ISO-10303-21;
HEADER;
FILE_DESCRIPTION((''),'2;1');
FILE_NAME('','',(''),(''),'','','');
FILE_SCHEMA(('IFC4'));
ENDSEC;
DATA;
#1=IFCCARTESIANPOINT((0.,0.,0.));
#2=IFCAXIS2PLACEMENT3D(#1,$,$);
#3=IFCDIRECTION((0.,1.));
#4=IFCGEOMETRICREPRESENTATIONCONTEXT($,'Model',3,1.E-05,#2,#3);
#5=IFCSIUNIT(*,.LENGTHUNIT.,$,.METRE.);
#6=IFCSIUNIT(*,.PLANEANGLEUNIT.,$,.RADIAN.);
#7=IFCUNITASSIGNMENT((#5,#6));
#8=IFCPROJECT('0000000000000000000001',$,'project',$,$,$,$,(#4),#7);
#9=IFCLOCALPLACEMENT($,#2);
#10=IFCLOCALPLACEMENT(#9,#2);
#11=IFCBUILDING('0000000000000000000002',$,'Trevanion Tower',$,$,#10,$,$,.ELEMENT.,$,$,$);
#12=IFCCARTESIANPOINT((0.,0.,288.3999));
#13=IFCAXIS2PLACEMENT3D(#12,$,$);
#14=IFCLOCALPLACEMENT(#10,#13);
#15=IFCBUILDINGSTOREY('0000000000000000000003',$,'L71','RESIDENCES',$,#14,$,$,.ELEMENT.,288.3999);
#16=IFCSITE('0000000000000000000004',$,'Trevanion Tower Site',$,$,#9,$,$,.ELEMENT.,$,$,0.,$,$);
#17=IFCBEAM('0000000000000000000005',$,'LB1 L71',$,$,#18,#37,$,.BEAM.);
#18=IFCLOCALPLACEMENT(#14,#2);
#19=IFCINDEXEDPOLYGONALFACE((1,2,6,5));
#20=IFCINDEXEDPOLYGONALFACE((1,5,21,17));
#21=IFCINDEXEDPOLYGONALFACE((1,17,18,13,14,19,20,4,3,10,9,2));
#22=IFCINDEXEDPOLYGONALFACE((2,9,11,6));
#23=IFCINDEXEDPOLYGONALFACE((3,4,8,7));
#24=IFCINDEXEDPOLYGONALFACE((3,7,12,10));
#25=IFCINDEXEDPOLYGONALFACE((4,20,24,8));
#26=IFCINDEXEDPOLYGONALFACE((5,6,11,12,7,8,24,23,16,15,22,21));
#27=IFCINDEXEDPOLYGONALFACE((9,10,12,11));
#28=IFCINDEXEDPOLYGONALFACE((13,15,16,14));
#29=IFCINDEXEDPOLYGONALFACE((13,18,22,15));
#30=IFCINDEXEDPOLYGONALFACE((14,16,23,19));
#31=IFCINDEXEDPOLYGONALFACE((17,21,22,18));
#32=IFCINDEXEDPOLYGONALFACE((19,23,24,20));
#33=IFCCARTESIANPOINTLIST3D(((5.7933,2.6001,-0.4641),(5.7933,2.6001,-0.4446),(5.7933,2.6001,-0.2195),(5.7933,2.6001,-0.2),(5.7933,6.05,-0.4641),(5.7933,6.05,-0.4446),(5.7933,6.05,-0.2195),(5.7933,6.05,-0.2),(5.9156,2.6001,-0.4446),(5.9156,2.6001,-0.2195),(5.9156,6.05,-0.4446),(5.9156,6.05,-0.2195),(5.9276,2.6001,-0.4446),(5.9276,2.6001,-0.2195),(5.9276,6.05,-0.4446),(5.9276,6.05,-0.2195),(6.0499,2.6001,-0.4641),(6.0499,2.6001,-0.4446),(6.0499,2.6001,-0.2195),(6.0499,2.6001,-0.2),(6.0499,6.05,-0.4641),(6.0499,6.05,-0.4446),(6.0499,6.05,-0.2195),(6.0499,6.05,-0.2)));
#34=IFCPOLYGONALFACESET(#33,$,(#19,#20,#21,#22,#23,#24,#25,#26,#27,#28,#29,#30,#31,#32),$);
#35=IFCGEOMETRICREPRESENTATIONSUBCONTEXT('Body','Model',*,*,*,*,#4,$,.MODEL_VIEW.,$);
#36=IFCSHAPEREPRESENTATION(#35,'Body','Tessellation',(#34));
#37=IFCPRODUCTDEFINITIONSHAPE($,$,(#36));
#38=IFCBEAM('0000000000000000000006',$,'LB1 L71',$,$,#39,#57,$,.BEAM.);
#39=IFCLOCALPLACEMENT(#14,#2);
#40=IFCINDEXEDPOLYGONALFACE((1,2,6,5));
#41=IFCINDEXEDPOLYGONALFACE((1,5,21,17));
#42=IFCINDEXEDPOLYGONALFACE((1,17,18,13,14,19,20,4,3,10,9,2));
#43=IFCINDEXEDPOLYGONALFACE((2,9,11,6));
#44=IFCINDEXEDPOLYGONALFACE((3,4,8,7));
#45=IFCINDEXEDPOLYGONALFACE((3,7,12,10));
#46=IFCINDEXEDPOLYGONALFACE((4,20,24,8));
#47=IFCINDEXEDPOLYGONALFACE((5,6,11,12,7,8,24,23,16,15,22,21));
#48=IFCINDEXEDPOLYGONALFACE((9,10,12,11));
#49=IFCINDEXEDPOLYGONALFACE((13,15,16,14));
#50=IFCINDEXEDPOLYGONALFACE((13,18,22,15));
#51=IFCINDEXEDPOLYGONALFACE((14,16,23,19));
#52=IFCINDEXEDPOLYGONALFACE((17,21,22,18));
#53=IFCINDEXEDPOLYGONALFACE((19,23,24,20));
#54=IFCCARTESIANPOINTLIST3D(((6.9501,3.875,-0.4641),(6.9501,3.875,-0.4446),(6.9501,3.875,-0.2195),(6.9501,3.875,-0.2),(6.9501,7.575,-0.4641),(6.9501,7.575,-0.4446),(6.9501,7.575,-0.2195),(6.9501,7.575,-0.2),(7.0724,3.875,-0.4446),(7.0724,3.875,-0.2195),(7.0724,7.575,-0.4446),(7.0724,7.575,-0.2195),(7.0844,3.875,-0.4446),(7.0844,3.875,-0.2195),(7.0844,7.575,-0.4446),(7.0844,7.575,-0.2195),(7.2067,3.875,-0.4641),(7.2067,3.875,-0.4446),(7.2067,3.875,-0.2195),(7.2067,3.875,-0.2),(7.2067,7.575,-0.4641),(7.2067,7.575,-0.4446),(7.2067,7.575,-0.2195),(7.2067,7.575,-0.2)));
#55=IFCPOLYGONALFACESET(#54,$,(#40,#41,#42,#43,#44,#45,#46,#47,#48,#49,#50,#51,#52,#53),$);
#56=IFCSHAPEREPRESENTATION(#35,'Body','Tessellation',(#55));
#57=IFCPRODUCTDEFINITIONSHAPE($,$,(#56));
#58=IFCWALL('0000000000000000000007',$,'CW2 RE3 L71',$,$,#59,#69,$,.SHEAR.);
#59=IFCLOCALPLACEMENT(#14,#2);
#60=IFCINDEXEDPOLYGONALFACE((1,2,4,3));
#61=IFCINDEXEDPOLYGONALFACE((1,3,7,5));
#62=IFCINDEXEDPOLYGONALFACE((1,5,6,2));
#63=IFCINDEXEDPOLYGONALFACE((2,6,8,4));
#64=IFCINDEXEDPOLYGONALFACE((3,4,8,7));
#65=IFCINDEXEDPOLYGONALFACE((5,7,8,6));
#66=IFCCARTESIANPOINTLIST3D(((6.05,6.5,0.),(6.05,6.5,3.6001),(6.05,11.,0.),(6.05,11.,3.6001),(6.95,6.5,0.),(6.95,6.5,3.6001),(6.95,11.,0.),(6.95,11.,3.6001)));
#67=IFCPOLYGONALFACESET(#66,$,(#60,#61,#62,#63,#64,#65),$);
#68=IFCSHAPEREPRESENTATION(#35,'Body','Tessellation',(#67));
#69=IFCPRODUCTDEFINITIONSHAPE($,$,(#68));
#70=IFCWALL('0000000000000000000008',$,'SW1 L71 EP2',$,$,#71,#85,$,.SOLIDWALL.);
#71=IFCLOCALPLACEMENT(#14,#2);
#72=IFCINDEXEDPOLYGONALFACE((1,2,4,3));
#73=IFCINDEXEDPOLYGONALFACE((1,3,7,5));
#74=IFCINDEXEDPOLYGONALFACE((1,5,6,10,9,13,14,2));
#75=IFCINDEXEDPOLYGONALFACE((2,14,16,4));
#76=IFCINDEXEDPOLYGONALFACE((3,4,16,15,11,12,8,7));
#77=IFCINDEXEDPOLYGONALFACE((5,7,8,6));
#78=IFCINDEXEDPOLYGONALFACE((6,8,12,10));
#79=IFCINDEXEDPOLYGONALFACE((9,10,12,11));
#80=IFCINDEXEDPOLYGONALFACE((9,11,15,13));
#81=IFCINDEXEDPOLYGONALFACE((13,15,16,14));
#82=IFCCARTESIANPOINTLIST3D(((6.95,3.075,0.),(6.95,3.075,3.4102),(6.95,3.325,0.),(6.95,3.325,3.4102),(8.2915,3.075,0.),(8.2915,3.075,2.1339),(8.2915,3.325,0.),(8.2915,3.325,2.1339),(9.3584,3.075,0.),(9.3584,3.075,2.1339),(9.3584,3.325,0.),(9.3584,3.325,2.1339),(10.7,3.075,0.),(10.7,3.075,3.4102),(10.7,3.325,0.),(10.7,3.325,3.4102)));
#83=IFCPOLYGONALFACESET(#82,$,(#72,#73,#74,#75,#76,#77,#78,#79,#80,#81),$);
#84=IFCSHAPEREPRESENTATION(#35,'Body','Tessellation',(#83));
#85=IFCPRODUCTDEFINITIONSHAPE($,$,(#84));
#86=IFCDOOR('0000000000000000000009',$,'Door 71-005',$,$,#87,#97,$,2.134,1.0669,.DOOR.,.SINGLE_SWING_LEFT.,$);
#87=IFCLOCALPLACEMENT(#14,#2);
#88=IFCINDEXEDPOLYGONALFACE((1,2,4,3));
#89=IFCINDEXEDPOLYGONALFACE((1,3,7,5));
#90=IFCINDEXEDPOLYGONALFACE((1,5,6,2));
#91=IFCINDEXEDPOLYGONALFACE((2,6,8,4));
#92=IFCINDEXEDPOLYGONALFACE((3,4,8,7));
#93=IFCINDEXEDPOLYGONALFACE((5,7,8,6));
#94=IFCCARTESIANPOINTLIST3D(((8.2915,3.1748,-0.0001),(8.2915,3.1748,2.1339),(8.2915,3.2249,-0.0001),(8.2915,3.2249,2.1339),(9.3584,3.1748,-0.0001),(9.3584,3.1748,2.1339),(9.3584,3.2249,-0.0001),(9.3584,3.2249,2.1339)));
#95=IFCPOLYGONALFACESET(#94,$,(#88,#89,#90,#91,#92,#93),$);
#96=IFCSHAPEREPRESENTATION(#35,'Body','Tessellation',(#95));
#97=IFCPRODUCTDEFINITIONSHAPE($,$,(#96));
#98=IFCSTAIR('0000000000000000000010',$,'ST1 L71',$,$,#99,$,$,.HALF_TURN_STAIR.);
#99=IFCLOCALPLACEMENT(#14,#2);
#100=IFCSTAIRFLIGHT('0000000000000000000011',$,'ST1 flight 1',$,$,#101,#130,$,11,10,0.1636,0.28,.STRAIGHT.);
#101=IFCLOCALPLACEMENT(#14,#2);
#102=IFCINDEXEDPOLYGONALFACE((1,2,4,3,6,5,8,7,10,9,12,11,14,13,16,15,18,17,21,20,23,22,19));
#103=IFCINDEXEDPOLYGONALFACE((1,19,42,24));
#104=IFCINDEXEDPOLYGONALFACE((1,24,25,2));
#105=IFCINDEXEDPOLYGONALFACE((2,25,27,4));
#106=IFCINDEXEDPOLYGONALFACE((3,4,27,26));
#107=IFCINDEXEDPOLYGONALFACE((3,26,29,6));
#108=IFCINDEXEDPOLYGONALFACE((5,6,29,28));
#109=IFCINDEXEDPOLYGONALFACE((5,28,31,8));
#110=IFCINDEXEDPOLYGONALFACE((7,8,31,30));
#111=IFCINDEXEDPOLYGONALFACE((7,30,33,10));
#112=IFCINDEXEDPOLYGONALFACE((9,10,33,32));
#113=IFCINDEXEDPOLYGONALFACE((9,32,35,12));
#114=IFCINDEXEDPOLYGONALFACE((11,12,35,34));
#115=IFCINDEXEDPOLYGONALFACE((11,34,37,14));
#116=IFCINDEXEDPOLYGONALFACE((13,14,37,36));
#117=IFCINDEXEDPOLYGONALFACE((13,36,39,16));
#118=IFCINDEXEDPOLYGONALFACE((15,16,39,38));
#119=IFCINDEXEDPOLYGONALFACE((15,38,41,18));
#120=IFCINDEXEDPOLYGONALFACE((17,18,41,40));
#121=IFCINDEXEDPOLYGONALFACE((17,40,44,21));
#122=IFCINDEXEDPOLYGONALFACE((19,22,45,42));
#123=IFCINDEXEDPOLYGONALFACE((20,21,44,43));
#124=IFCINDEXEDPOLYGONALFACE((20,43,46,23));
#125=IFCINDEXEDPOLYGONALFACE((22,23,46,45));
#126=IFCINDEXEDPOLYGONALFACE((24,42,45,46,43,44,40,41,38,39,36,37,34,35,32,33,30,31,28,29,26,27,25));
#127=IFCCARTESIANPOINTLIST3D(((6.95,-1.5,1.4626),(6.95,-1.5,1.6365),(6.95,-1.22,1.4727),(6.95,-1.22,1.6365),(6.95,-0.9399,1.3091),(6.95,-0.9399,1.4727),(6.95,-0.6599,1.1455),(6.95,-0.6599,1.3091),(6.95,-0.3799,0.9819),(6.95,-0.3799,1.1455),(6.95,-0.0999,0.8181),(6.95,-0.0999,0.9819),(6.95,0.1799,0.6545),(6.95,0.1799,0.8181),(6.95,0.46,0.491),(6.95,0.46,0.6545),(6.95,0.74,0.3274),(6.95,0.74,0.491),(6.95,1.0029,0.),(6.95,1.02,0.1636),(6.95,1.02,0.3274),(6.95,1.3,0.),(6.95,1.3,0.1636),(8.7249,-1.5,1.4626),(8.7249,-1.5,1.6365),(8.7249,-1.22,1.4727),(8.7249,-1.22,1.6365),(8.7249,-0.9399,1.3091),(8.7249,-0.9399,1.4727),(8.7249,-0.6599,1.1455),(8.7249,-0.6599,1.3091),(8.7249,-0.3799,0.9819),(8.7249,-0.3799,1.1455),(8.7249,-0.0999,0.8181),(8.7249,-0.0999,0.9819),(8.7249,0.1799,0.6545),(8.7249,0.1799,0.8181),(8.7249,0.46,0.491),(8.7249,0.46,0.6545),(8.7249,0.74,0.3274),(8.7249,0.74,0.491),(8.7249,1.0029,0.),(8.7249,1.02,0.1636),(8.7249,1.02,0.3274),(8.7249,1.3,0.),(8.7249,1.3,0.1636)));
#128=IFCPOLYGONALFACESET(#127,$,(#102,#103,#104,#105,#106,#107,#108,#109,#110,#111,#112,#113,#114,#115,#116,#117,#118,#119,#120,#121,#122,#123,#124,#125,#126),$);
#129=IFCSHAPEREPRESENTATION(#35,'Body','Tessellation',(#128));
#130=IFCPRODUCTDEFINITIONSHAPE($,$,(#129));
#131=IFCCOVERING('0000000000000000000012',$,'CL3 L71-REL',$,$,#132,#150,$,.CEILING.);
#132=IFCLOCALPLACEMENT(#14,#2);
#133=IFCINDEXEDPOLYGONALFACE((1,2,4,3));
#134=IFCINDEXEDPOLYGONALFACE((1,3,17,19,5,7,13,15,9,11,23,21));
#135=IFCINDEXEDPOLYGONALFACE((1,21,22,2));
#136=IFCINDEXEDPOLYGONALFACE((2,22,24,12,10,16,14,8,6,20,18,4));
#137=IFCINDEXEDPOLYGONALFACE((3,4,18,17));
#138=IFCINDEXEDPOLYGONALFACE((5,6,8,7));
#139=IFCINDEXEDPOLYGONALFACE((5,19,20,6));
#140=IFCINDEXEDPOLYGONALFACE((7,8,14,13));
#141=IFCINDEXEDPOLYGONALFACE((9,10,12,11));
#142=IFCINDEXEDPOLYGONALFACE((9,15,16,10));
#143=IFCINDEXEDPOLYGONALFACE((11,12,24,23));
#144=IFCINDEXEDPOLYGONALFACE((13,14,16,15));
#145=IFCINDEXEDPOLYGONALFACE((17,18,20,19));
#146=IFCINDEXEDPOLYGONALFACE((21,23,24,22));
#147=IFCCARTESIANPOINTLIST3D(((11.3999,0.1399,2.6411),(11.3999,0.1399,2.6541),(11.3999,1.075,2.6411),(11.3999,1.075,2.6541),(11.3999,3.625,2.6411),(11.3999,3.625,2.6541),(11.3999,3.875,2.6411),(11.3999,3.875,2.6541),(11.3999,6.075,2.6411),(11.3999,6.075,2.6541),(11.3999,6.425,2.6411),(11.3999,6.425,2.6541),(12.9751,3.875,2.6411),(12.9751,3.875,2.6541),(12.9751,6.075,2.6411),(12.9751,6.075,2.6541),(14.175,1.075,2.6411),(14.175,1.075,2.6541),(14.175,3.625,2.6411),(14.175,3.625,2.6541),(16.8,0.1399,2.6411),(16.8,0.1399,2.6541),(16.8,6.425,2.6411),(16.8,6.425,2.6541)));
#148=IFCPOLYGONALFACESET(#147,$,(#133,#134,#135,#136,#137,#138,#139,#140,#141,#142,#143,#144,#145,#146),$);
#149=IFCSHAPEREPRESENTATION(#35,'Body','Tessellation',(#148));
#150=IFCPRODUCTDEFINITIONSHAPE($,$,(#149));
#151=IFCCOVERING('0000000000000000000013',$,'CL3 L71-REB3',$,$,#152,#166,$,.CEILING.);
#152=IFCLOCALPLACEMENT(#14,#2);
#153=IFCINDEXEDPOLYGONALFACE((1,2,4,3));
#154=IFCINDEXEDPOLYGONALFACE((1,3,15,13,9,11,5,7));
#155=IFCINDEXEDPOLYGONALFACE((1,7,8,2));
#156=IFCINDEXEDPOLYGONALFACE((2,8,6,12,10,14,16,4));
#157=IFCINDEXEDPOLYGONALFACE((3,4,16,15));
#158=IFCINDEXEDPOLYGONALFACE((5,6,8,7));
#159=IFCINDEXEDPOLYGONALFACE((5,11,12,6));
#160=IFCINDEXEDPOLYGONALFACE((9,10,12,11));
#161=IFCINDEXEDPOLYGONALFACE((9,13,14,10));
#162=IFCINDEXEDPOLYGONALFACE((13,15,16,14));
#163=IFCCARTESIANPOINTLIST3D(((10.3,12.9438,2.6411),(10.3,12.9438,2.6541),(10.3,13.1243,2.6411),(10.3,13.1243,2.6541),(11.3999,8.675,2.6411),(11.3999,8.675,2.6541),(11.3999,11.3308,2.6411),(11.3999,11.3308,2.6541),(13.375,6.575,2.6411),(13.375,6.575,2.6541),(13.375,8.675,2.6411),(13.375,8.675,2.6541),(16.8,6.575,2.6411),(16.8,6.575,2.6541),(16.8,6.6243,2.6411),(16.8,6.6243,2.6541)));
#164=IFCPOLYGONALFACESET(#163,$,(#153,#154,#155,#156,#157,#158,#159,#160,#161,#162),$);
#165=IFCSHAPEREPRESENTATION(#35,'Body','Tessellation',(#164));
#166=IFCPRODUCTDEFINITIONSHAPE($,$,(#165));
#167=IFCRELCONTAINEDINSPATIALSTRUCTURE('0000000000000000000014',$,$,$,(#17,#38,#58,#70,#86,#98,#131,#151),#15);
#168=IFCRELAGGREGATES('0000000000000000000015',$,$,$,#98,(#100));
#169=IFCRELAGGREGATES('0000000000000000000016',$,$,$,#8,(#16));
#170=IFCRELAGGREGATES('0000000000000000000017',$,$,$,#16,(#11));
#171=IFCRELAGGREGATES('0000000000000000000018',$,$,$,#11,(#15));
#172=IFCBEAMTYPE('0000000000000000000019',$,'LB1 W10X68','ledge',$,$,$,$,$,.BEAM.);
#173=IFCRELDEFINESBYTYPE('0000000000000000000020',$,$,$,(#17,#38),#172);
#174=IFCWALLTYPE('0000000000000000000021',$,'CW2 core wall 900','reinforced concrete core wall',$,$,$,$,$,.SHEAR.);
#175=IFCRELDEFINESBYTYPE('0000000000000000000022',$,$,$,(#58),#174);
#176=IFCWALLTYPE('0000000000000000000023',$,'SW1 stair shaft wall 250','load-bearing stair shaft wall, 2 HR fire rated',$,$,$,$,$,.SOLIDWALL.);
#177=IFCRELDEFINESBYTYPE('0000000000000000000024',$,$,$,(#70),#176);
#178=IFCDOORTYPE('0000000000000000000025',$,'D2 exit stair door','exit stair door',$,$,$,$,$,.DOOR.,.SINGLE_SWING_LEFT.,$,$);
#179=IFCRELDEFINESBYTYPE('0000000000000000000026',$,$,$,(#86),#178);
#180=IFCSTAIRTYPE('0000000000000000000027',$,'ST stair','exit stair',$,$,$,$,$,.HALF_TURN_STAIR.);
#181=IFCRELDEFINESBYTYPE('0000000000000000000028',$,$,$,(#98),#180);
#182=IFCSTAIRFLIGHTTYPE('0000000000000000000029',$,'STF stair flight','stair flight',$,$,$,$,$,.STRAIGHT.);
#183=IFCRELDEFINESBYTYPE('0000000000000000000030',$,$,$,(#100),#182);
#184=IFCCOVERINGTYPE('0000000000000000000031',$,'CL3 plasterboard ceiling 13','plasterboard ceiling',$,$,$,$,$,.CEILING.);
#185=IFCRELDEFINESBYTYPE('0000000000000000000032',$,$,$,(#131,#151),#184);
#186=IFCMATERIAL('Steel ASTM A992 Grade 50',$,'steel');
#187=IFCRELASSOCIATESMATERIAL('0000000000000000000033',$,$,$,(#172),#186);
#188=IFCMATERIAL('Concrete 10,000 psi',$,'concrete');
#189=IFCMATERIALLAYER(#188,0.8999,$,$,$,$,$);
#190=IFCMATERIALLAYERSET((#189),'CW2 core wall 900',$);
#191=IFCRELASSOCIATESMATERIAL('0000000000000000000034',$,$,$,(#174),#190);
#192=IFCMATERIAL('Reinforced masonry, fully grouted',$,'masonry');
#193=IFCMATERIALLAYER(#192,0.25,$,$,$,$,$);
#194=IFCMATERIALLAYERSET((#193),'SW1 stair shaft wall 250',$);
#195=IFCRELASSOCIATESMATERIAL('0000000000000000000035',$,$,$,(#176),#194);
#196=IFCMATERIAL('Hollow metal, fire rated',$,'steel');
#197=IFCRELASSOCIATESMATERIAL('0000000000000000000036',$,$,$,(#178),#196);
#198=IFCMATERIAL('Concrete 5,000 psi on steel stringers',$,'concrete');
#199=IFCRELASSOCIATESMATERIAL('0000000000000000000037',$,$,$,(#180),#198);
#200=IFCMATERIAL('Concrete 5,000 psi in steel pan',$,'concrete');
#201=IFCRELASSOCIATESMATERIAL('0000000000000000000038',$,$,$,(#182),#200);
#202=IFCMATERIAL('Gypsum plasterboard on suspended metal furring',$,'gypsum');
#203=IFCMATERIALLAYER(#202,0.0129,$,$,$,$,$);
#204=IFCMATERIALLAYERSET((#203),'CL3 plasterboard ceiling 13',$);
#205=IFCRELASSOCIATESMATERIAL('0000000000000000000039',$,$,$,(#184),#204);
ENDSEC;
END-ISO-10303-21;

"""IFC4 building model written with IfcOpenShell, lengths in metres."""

from ifc_helpers import new_model, si_unit, direction, frame, frame_2d, origin, origin_2d, place, context, subcontext, project, spatial, polyline, rectangle, i_section, outline, extrude, material, layer, layer_set, material_profile, profile_set, type_object, element, fill, aggregate, save


model = new_model("IFC4")

# Units and contexts
model_context = context("Model", 3, precision=1e-05, world=origin(), true_north=direction((0.0, 1.0)))
body_context = subcontext(model_context, "Body", "Model", "MODEL_VIEW")
ifc_project = project(units=[si_unit("LENGTHUNIT", "METRE"), si_unit("PLANEANGLEUNIT", "RADIAN")], contexts=[model_context])

# Site, building, storey
site_placement = place(None, origin())
site = spatial("IfcSite", under=ifc_project, at=site_placement, Name="Trevanion Tower Site", CompositionType="ELEMENT", RefElevation=0.0)
building_placement = place(site_placement, origin())
building = spatial("IfcBuilding", under=site, at=building_placement, Name="Trevanion Tower", CompositionType="ELEMENT")
storey_placement = place(building_placement, frame((0.0, 0.0, 288.3999)))
storey = spatial("IfcBuildingStorey", under=building, at=storey_placement, Name="L71", Description="RESIDENCES", CompositionType="ELEMENT", Elevation=288.3999)

# Beams
ifc_material_1 = material(Name="Steel ASTM A992 Grade 50", Category="steel")
ifc_material_profile = material_profile(ifc_material_1, i_section(OverallWidth=0.2566, OverallDepth=0.2642, WebThickness=0.012, FlangeThickness=0.0195, at=origin_2d()), Name="W10X68")
ifc_profile_set = profile_set([ifc_material_profile], Name="Steel ASTM A992 Grade 50")
beam_type = type_object("IfcBeamType", Name="LB1 W10X68", Description="ledge", PredefinedType="BEAM", material=ifc_profile_set)
beam_1_placement = place(storey_placement, frame((5.9216, 2.6001, -0.332), z_axis=(0.0, 1.0, 0.0), x_axis=(-1.0, 0.0, 0.0)))
element("IfcBeam", 1, at=beam_1_placement, inside=storey, type_object=beam_type, Name="LB1 L71", PredefinedType="BEAM", context=body_context, shape_type="SweptSolid", body=[
    extrude(i_section(OverallWidth=0.2566, OverallDepth=0.2642, WebThickness=0.012, FlangeThickness=0.0195, at=origin_2d()), origin(), (0.0, 0.0, 1.0), 3.45),
])
beam_2_placement = place(storey_placement, frame((7.0784, 3.875, -0.332), z_axis=(0.0, 1.0, 0.0), x_axis=(-1.0, 0.0, 0.0)))
element("IfcBeam", 2, at=beam_2_placement, inside=storey, type_object=beam_type, Name="LB1 L71", PredefinedType="BEAM", context=body_context, shape_type="SweptSolid", body=[
    extrude(i_section(OverallWidth=0.2566, OverallDepth=0.2642, WebThickness=0.012, FlangeThickness=0.0195, at=origin_2d()), origin(), (0.0, 0.0, 1.0), 3.7),
])

# Wall
ifc_material_2 = material(Name="Concrete 10,000 psi", Category="concrete")
ifc_layer_1 = layer(ifc_material_2, 0.8999)
ifc_layer_set_1 = layer_set([ifc_layer_1], Name="CW2 core wall 900")
wall_type_1 = type_object("IfcWallType", Name="CW2 core wall 900", Description="reinforced concrete core wall", PredefinedType="SHEAR", material=ifc_layer_set_1)
wall_1_placement = place(storey_placement, frame((6.5, 6.5, 0.0), z_axis=(0.0, 0.0, 1.0), x_axis=(0.0, 1.0, 0.0)))
element("IfcWall", 3, at=wall_1_placement, inside=storey, type_object=wall_type_1, Name="CW2 RE3 L71", PredefinedType="SHEAR", context=body_context, shape_type="SweptSolid", body=[
    extrude(rectangle(XDim=4.5, YDim=0.8999, at=frame_2d((2.25, 0.0))), origin(), (0.0, 0.0, 1.0), 3.6001),
])

# Wall, opening, door
ifc_material_3 = material(Name="Reinforced masonry, fully grouted", Category="masonry")
ifc_layer_2 = layer(ifc_material_3, 0.25)
ifc_layer_set_2 = layer_set([ifc_layer_2], Name="SW1 stair shaft wall 250")
wall_type_2 = type_object("IfcWallType", Name="SW1 stair shaft wall 250", Description="load-bearing stair shaft wall, 2 HR fire rated", PredefinedType="SOLIDWALL", material=ifc_layer_set_2)
wall_2_placement = place(storey_placement, frame((6.95, 3.2, 0.0), z_axis=(0.0, 0.0, 1.0), x_axis=(1.0, 0.0, 0.0)))
wall_2 = element("IfcWall", 4, at=wall_2_placement, inside=storey, type_object=wall_type_2, Name="SW1 L71 EP2", PredefinedType="SOLIDWALL", context=body_context, shape_type="SweptSolid", body=[
    extrude(rectangle(XDim=3.75, YDim=0.25, at=frame_2d((1.875, 0.0))), origin(), (0.0, 0.0, 1.0), 3.4102),
])
opening_placement = place(wall_2_placement, frame((1.3416, 0.0, 0.0)))
opening = element("IfcOpeningElement", 5, at=opening_placement, cuts=wall_2, PredefinedType="OPENING", context=body_context, shape_type="SweptSolid", body=[
    extrude(rectangle(XDim=1.0669, YDim=2.134, at=frame_2d((0.5334, 1.0669))), frame((0.0, 0.135, 0.0), z_axis=(0.0, -1.0, 0.0), x_axis=(1.0, 0.0, 0.0)), (0.0, 0.0, 1.0), 0.27),
])
ifc_material_4 = material(Name="Hollow metal, fire rated", Category="steel")
door_type = type_object("IfcDoorType", Name="D2 exit stair door", Description="exit stair door", OperationType="SINGLE_SWING_LEFT", PredefinedType="DOOR", material=ifc_material_4)
door_placement = place(opening_placement, origin())
door = element("IfcDoor", 6, at=door_placement, inside=storey, type_object=door_type, Name="Door 71-005", OperationType="SINGLE_SWING_LEFT", OverallHeight=2.134, OverallWidth=1.0669, PredefinedType="DOOR", context=body_context, shape_type="SweptSolid", body=[
    extrude(rectangle(XDim=1.0669, YDim=2.134, at=frame_2d((0.5334, 1.0669))), frame((0.0, 0.0249, 0.0), z_axis=(0.0, -1.0, 0.0), x_axis=(1.0, 0.0, 0.0)), (0.0, 0.0, 1.0), 0.05),
])
fill(opening, door)

# Stair, stair flight
ifc_material_5 = material(Name="Concrete 5,000 psi on steel stringers", Category="concrete")
stair_type = type_object("IfcStairType", Name="ST stair", Description="exit stair", PredefinedType="HALF_TURN_STAIR", material=ifc_material_5)
stair_placement = place(storey_placement, origin())
stair = element("IfcStair", 7, at=stair_placement, inside=storey, type_object=stair_type, Name="ST1 L71", PredefinedType="HALF_TURN_STAIR")
ifc_material_6 = material(Name="Concrete 5,000 psi in steel pan", Category="concrete")
stair_flight_type = type_object("IfcStairFlightType", Name="STF stair flight", Description="stair flight", PredefinedType="STRAIGHT", material=ifc_material_6)
stair_flight_placement = place(storey_placement, frame((7.8374, 1.3, 0.0), z_axis=(0.0, 0.0, 1.0), x_axis=(0.0, -1.0, 0.0)))
stair_flight = element("IfcStairFlight", 8, at=stair_flight_placement, type_object=stair_flight_type, Name="ST1 flight 1", NumberOfRisers=11, NumberOfTreads=10, PredefinedType="STRAIGHT", RiserHeight=0.1636, TreadLength=0.28, context=body_context, shape_type="SweptSolid", body=[
    extrude(outline(polyline([(0.0, 0.0), (0.0, 0.1636), (0.28, 0.1636), (0.28, 0.3274), (0.5601, 0.3274), (0.5601, 0.491), (0.8401, 0.491), (0.8401, 0.6545), (1.1201, 0.6545), (1.1201, 0.8181), (1.3999, 0.8181), (1.3999, 0.9819), (1.6799, 0.9819), (1.6799, 1.1455), (1.96, 1.1455), (1.96, 1.3091), (2.24, 1.3091), (2.24, 1.4727), (2.52, 1.4727), (2.52, 1.6365), (2.8, 1.6365), (2.8, 1.8), (2.8, 1.4626), (0.2971, 0.0), (0.0, 0.0)])), frame((0.0, 0.8875, 0.0), z_axis=(0.0, -1.0, 0.0), x_axis=(1.0, 0.0, 0.0)), (0.0, 0.0, 1.0), 1.7749),
])
aggregate(stair, [stair_flight])

# Coverings
ifc_material_7 = material(Name="Gypsum plasterboard on suspended metal furring", Category="gypsum")
ifc_layer_3 = layer(ifc_material_7, 0.0129)
ifc_layer_set_3 = layer_set([ifc_layer_3], Name="CL3 plasterboard ceiling 13")
covering_type_1 = type_object("IfcCoveringType", Name="CL3 plasterboard ceiling 13", Description="plasterboard ceiling", PredefinedType="CEILING", material=ifc_layer_set_3)
covering_1_placement = place(storey_placement, frame((0.0, 0.0, 2.6411)))
element("IfcCovering", 9, at=covering_1_placement, inside=storey, type_object=covering_type_1, Name="CL3 L71-REL", PredefinedType="CEILING", context=body_context, shape_type="SweptSolid", body=[
    extrude(outline(polyline([(11.3999, 0.1399), (11.3999, 1.075), (14.175, 1.075), (14.175, 3.625), (11.3999, 3.625), (11.3999, 3.875), (12.9751, 3.875), (12.9751, 6.075), (11.3999, 6.075), (11.3999, 6.425), (16.8, 6.425), (16.8, 0.1399), (11.3999, 0.1399)])), origin(), (0.0, 0.0, 1.0), 0.0129),
])
covering_2_placement = place(storey_placement, frame((0.0, 0.0, 2.6411)))
element("IfcCovering", 10, at=covering_2_placement, inside=storey, type_object=covering_type_1, Name="CL3 L71-REB3", PredefinedType="CEILING", context=body_context, shape_type="SweptSolid", body=[
    extrude(outline(polyline([(13.375, 6.575), (13.375, 8.675), (11.3999, 8.675), (11.3999, 11.3308), (10.3, 12.9438), (10.3, 13.1243), (16.8, 6.6243), (16.8, 6.575), (13.375, 6.575)])), origin(), (0.0, 0.0, 1.0), 0.0129),
])

save(model, "model.ifc")
